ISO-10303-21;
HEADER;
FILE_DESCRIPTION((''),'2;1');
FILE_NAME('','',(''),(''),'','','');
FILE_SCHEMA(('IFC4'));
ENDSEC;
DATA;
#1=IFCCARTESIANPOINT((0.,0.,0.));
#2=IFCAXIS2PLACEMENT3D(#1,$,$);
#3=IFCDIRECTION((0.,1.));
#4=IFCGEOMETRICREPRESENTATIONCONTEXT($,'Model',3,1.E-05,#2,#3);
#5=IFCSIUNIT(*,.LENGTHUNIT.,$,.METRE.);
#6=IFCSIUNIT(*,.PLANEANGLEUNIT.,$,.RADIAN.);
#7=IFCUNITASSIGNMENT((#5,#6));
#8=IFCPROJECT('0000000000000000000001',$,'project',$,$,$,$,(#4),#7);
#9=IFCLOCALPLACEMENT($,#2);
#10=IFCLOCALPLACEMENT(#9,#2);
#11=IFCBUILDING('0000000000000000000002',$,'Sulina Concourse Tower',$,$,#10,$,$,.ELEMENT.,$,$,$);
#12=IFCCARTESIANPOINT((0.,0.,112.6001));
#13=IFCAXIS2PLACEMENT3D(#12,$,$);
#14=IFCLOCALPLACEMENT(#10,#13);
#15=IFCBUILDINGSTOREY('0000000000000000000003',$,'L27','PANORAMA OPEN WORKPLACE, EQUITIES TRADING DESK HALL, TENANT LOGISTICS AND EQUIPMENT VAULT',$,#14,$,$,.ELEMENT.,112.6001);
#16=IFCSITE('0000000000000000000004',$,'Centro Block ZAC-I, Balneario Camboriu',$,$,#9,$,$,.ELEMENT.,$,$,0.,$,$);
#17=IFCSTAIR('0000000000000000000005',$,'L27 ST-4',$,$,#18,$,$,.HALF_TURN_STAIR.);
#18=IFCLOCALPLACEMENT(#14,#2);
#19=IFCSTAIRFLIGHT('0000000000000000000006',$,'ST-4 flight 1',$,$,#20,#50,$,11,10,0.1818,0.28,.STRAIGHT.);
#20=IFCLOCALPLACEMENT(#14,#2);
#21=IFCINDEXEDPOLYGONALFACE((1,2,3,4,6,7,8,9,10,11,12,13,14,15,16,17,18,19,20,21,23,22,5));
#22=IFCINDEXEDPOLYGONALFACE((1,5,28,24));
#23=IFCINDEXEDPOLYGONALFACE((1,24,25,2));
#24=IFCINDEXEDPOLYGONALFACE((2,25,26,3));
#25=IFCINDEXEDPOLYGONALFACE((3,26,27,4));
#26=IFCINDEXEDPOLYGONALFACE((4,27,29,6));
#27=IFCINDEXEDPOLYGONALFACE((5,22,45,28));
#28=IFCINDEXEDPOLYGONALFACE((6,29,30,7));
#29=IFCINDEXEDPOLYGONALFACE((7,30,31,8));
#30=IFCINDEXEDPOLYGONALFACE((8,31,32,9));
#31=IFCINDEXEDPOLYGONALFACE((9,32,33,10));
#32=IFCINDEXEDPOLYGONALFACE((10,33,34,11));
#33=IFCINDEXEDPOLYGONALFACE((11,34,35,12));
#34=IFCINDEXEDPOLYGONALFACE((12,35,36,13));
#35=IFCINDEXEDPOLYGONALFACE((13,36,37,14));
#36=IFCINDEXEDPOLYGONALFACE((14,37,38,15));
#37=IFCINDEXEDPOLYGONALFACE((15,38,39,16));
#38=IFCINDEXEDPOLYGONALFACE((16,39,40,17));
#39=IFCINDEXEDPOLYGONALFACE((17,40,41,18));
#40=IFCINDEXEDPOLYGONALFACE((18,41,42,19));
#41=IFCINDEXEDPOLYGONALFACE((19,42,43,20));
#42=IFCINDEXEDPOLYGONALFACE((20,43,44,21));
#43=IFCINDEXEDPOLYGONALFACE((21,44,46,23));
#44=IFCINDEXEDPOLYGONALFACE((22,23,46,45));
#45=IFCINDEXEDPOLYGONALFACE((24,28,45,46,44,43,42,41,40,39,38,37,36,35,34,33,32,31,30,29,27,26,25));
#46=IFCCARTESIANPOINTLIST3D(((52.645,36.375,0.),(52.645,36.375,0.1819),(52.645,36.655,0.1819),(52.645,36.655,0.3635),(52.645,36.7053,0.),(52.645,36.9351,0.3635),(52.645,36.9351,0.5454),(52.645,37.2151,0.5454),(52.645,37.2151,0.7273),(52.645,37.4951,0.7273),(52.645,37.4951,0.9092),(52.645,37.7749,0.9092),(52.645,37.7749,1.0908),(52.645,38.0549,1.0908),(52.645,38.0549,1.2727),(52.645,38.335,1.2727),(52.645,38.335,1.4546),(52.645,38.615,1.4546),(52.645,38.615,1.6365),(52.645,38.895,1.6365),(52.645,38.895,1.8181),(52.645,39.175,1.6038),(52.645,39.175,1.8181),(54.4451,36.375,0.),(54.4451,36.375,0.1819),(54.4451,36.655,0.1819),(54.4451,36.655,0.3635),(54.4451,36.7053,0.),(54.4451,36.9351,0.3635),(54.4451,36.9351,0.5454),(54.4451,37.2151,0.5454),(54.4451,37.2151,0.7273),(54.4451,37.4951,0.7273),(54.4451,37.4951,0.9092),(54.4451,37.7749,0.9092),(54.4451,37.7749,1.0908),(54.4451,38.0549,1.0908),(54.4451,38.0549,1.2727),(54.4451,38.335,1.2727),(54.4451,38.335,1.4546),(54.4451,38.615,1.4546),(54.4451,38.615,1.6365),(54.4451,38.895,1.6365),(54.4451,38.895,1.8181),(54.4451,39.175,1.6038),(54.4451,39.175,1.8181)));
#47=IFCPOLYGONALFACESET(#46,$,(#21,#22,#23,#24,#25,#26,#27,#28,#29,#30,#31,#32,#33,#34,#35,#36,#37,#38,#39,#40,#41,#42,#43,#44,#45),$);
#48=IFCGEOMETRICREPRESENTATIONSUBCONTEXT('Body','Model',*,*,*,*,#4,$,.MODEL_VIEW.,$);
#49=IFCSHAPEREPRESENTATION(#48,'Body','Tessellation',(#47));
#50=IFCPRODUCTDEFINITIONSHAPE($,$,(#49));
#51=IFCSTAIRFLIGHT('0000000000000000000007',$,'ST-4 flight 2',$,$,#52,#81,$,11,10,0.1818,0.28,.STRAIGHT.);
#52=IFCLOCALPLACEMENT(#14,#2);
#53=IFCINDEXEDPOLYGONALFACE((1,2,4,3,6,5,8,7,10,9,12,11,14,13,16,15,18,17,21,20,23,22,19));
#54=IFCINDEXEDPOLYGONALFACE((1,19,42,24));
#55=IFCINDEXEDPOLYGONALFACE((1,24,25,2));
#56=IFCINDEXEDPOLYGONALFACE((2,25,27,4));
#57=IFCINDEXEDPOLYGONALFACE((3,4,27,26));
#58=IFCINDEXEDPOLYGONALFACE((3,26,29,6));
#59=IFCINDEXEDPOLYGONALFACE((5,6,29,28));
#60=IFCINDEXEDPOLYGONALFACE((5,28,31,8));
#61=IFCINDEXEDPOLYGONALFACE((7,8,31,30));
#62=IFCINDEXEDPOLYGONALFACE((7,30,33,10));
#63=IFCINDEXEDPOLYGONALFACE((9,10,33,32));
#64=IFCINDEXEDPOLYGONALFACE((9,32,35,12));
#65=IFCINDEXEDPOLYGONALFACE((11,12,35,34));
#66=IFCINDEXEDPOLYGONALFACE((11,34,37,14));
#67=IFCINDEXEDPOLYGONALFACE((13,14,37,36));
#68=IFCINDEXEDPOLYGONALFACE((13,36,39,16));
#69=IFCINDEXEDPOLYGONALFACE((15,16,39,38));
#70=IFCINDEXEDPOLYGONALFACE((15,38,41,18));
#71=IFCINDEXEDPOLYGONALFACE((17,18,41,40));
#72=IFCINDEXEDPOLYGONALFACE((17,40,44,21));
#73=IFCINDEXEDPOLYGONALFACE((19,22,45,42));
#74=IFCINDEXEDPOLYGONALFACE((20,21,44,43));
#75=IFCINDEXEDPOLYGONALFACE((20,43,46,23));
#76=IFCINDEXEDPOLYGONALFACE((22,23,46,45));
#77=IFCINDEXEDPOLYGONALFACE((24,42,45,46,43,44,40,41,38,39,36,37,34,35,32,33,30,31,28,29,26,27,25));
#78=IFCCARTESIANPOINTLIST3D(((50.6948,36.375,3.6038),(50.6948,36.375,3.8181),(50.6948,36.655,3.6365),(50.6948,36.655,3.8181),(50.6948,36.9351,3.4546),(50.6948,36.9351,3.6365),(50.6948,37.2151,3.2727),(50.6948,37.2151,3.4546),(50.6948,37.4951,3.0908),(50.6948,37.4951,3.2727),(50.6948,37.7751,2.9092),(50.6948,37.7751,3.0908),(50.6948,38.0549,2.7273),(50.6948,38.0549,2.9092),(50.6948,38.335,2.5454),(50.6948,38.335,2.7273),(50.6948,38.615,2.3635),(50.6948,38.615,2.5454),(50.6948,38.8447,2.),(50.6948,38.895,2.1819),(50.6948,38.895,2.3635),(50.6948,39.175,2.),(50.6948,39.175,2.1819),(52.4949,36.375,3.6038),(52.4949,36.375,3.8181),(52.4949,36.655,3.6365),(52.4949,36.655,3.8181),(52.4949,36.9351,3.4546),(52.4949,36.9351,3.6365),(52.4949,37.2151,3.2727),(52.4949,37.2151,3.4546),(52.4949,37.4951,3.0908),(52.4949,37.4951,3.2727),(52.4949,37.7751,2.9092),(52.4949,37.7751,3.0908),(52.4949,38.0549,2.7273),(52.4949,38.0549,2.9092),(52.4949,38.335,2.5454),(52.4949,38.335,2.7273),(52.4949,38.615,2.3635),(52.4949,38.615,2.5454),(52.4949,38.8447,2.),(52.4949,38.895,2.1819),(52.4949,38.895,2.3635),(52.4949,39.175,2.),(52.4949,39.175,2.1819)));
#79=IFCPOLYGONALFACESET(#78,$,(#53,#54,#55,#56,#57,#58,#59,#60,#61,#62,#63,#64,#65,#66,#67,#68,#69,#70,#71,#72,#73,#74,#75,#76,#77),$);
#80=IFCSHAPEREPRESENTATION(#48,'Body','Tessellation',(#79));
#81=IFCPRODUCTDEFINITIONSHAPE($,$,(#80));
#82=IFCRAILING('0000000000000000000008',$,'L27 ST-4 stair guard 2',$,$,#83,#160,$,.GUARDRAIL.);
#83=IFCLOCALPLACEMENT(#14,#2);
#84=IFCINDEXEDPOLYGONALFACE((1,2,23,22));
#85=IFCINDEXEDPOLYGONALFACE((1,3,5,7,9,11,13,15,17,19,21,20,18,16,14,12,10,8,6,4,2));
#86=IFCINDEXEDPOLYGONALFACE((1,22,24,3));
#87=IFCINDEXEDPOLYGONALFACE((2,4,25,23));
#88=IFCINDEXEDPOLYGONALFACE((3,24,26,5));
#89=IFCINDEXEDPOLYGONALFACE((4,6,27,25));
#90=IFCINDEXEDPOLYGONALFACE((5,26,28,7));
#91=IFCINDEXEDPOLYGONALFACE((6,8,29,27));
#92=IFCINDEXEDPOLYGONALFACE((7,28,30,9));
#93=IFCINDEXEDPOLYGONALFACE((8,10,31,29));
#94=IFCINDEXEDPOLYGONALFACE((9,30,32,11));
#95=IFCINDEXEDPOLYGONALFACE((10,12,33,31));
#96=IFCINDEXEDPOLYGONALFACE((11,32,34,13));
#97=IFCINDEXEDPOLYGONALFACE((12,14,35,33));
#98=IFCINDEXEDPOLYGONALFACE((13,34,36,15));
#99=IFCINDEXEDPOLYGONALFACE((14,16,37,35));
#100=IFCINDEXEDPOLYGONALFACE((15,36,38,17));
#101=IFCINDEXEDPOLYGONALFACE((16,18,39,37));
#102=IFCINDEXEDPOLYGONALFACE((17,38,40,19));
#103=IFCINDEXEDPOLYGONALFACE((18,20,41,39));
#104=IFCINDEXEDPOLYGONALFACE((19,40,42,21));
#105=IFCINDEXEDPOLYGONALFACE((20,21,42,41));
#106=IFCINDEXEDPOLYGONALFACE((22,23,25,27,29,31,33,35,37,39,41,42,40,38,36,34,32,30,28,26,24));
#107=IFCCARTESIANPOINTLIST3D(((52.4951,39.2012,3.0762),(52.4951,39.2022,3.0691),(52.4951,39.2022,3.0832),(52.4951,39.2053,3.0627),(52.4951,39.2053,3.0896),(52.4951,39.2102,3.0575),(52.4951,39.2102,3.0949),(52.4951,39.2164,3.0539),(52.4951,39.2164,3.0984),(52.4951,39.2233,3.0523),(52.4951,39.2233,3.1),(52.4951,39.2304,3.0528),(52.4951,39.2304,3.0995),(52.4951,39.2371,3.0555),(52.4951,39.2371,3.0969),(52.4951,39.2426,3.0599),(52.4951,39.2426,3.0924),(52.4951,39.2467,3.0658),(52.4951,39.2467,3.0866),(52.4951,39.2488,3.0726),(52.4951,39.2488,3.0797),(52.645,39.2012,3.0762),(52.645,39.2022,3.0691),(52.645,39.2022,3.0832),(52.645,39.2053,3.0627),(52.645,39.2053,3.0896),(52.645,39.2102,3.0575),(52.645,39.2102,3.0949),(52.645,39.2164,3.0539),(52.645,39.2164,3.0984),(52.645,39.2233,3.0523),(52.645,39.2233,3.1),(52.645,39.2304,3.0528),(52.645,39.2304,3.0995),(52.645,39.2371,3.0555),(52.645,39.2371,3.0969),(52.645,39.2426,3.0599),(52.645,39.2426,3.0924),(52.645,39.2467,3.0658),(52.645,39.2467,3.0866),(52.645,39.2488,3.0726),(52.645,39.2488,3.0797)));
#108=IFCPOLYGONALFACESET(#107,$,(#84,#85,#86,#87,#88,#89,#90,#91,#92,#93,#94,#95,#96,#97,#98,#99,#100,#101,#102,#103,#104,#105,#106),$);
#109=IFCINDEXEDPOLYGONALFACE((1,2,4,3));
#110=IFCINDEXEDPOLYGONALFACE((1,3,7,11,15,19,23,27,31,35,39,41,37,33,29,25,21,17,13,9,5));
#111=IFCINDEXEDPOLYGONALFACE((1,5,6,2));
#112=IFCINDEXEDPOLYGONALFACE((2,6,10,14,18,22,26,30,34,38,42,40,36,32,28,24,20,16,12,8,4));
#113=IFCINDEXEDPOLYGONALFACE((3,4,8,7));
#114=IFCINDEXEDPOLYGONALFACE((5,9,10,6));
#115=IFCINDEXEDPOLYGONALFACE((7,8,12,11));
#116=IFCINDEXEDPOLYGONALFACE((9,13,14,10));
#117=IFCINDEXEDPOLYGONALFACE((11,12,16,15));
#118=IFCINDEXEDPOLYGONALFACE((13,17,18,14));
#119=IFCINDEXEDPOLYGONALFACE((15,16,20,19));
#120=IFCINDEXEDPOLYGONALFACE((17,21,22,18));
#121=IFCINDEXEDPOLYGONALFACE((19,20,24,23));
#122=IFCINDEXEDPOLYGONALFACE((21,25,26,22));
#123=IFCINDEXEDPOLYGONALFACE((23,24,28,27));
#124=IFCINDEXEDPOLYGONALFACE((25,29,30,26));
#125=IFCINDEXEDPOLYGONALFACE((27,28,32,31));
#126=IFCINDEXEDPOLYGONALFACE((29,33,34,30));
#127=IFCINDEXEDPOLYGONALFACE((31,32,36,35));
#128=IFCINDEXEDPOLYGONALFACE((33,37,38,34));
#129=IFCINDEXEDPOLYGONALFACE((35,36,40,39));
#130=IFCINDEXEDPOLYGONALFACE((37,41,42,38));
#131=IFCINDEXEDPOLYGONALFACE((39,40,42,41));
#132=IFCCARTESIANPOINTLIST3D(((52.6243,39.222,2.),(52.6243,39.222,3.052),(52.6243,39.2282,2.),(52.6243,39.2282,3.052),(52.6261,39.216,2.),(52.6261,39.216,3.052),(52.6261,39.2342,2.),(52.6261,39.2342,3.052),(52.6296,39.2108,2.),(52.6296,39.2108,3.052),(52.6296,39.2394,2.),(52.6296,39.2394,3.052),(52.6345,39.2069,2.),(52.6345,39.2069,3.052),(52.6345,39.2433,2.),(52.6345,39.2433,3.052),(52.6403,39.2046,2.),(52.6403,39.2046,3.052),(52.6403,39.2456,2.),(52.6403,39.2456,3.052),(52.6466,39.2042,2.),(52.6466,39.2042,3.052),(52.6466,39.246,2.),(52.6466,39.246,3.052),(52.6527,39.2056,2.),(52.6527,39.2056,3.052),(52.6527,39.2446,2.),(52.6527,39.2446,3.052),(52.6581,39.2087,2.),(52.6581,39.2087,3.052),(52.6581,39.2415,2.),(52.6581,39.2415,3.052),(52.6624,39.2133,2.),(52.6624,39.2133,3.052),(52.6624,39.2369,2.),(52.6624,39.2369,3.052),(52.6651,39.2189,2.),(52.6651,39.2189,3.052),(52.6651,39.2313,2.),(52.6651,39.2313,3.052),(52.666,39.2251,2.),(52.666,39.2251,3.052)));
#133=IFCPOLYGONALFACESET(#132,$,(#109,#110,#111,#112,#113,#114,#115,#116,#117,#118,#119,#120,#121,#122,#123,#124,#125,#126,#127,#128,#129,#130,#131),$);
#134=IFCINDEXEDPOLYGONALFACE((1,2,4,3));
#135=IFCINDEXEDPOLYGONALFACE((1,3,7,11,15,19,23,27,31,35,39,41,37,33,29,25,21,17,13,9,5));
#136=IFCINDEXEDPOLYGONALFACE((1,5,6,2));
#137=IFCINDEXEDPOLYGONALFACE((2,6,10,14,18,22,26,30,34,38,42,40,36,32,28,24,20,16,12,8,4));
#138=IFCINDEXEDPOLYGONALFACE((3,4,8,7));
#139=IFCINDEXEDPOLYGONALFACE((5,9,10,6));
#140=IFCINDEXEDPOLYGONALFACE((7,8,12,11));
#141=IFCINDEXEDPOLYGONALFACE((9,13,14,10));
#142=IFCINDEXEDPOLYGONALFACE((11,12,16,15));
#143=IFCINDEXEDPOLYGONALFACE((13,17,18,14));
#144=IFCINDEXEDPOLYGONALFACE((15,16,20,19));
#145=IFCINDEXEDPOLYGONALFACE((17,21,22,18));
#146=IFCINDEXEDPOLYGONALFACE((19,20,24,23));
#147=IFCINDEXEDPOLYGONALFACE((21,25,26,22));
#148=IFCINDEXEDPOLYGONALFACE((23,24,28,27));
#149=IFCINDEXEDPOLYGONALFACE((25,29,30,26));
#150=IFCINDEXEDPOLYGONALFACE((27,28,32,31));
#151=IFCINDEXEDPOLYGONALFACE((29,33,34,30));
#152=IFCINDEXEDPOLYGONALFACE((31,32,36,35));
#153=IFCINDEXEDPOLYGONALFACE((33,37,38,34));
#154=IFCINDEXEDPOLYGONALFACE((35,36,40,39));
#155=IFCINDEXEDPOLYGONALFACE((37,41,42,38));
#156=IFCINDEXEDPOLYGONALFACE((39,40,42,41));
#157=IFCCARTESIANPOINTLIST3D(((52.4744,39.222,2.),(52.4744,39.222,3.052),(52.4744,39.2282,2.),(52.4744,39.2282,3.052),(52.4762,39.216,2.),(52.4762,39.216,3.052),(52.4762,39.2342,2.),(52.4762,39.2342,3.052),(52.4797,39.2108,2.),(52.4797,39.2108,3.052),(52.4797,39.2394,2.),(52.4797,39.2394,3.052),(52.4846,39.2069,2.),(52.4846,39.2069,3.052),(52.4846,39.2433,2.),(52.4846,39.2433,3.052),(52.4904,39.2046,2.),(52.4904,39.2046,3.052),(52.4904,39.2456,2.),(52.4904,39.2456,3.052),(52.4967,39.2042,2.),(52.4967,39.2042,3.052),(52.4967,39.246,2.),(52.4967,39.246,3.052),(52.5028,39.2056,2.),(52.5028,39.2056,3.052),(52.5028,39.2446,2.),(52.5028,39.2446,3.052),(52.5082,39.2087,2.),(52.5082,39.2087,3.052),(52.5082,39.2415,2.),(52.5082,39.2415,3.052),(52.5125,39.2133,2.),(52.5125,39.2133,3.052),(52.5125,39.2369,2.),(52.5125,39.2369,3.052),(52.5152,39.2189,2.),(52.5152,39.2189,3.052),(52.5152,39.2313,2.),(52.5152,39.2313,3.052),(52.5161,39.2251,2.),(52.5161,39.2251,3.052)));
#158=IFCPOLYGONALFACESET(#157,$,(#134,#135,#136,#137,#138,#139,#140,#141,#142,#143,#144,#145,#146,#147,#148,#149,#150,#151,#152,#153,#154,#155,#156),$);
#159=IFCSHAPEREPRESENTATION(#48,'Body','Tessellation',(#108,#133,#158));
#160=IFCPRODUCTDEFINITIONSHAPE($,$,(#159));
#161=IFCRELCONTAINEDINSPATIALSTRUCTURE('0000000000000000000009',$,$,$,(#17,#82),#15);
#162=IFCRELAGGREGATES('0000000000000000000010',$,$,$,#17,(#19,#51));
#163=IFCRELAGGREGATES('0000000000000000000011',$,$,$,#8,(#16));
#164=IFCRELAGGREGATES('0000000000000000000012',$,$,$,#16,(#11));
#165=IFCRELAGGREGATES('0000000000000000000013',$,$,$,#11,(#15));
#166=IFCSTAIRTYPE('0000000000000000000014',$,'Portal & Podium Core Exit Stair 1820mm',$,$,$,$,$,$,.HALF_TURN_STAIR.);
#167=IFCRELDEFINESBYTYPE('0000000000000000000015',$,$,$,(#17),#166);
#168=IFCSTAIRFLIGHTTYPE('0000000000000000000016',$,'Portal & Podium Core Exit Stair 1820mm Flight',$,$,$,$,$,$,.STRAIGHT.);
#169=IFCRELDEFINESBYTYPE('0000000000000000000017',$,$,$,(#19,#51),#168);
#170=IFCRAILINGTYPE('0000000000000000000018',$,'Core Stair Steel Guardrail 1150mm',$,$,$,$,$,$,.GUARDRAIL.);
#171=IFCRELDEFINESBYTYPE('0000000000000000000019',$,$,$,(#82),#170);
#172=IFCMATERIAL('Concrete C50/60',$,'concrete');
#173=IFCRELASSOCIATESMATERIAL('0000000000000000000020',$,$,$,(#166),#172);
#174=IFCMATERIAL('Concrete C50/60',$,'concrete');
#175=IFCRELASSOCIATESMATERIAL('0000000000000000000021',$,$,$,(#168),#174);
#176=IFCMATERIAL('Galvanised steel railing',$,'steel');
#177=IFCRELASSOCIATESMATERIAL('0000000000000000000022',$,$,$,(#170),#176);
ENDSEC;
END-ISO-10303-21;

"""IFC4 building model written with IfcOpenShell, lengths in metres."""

from ifc_helpers import new_model, si_unit, direction, frame, origin, origin_2d, place, context, subcontext, project, spatial, polyline, circle, outline, extrude, material, type_object, element, aggregate, save


model = new_model("IFC4")

# Units and contexts
model_context = context("Model", 3, precision=1e-05, world=origin(), true_north=direction((0.0, 1.0)))
body_context = subcontext(model_context, "Body", "Model", "MODEL_VIEW")
ifc_project = project(units=[si_unit("LENGTHUNIT", "METRE"), si_unit("PLANEANGLEUNIT", "RADIAN")], contexts=[model_context])

# Site, building, storey
site_placement = place(None, origin())
site = spatial("IfcSite", under=ifc_project, at=site_placement, Name="Centro Block ZAC-I, Balneario Camboriu", CompositionType="ELEMENT", RefElevation=0.0)
building_placement = place(site_placement, origin())
building = spatial("IfcBuilding", under=site, at=building_placement, Name="Sulina Concourse Tower", CompositionType="ELEMENT")
storey_placement = place(building_placement, frame((0.0, 0.0, 112.6001)))
storey = spatial("IfcBuildingStorey", under=building, at=storey_placement, Name="L27", Description="PANORAMA OPEN WORKPLACE, EQUITIES TRADING DESK HALL, TENANT LOGISTICS AND EQUIPMENT VAULT", CompositionType="ELEMENT", Elevation=112.6001)

# Stair, stair flights
ifc_material_1 = material(Name="Concrete C50/60", Category="concrete")
stair_type = type_object("IfcStairType", Name="Portal & Podium Core Exit Stair 1820mm", PredefinedType="HALF_TURN_STAIR", material=ifc_material_1)
stair_placement = place(storey_placement, origin())
stair = element("IfcStair", 1, at=stair_placement, inside=storey, type_object=stair_type, Name="L27 ST-4", PredefinedType="HALF_TURN_STAIR")
ifc_material_2 = material(Name="Concrete C50/60", Category="concrete")
stair_flight_type = type_object("IfcStairFlightType", Name="Portal & Podium Core Exit Stair 1820mm Flight", PredefinedType="STRAIGHT", material=ifc_material_2)
stair_flight_1_placement = place(storey_placement, frame((53.5449, 36.375, 0.0), z_axis=(0.0, 0.0, 1.0), x_axis=(0.0, 1.0, 0.0)))
stair_flight_1 = element("IfcStairFlight", 2, at=stair_flight_1_placement, type_object=stair_flight_type, Name="ST-4 flight 1", NumberOfRisers=11, NumberOfTreads=10, PredefinedType="STRAIGHT", RiserHeight=0.1818, TreadLength=0.28, context=body_context, shape_type="SweptSolid", body=[
    extrude(outline(polyline([(0.0, 0.0), (0.0, 0.1819), (0.28, 0.1819), (0.28, 0.3635), (0.5601, 0.3635), (0.5601, 0.5454), (0.8401, 0.5454), (0.8401, 0.7273), (1.1201, 0.7273), (1.1201, 0.9092), (1.3999, 0.9092), (1.3999, 1.0908), (1.6799, 1.0908), (1.6799, 1.2727), (1.96, 1.2727), (1.96, 1.4546), (2.24, 1.4546), (2.24, 1.6365), (2.52, 1.6365), (2.52, 1.8181), (2.8, 1.8181), (2.8, 2.0), (2.8, 1.6038), (0.3303, 0.0), (0.0, 0.0)])), frame((0.0, 0.8999, 0.0), z_axis=(0.0, -1.0, 0.0), x_axis=(1.0, 0.0, 0.0)), (0.0, 0.0, 1.0), 1.8),
])
stair_flight_2_placement = place(storey_placement, frame((51.595, 39.175, 2.0), z_axis=(0.0, 0.0, 1.0), x_axis=(0.0, -1.0, 0.0)))
stair_flight_2 = element("IfcStairFlight", 3, at=stair_flight_2_placement, type_object=stair_flight_type, Name="ST-4 flight 2", NumberOfRisers=11, NumberOfTreads=10, PredefinedType="STRAIGHT", RiserHeight=0.1818, TreadLength=0.28, context=body_context, shape_type="SweptSolid", body=[
    extrude(outline(polyline([(0.0, 0.0), (0.0, 0.1819), (0.28, 0.1819), (0.28, 0.3635), (0.5601, 0.3635), (0.5601, 0.5454), (0.8401, 0.5454), (0.8401, 0.7273), (1.1201, 0.7273), (1.1201, 0.9092), (1.3999, 0.9092), (1.3999, 1.0908), (1.6799, 1.0908), (1.6799, 1.2727), (1.96, 1.2727), (1.96, 1.4546), (2.24, 1.4546), (2.24, 1.6365), (2.52, 1.6365), (2.52, 1.8181), (2.8, 1.8181), (2.8, 2.0), (2.8, 1.6038), (0.3303, 0.0), (0.0, 0.0)])), frame((0.0, 0.8999, 0.0), z_axis=(0.0, -1.0, 0.0), x_axis=(1.0, 0.0, 0.0)), (0.0, 0.0, 1.0), 1.8),
])
aggregate(stair, [stair_flight_1, stair_flight_2])

# Railing
ifc_material_3 = material(Name="Galvanised steel railing", Category="steel")
railing_type_1 = type_object("IfcRailingType", Name="Core Stair Steel Guardrail 1150mm", PredefinedType="GUARDRAIL", material=ifc_material_3)
railing_1_placement = place(storey_placement, frame((52.645, 39.2251, 2.0)))
element("IfcRailing", 4, at=railing_1_placement, inside=storey, type_object=railing_type_1, Name="L27 ST-4 stair guard 2", PredefinedType="GUARDRAIL", context=body_context, shape_type="SweptSolid", body=[
    extrude(circle(Radius=0.0239, at=origin_2d()), frame((0.0, 0.0, 1.0762), z_axis=(-1.0, 0.0, 0.0), x_axis=(0.0, -1.0, 0.0)), (0.0, 0.0, 1.0), 0.1499),
    extrude(circle(Radius=0.021, at=origin_2d()), origin(), (0.0, 0.0, 1.0), 1.052),
    extrude(circle(Radius=0.021, at=origin_2d()), frame((-0.1499, 0.0, 0.0)), (0.0, 0.0, 1.0), 1.052),
])

save(model, "model.ifc")
